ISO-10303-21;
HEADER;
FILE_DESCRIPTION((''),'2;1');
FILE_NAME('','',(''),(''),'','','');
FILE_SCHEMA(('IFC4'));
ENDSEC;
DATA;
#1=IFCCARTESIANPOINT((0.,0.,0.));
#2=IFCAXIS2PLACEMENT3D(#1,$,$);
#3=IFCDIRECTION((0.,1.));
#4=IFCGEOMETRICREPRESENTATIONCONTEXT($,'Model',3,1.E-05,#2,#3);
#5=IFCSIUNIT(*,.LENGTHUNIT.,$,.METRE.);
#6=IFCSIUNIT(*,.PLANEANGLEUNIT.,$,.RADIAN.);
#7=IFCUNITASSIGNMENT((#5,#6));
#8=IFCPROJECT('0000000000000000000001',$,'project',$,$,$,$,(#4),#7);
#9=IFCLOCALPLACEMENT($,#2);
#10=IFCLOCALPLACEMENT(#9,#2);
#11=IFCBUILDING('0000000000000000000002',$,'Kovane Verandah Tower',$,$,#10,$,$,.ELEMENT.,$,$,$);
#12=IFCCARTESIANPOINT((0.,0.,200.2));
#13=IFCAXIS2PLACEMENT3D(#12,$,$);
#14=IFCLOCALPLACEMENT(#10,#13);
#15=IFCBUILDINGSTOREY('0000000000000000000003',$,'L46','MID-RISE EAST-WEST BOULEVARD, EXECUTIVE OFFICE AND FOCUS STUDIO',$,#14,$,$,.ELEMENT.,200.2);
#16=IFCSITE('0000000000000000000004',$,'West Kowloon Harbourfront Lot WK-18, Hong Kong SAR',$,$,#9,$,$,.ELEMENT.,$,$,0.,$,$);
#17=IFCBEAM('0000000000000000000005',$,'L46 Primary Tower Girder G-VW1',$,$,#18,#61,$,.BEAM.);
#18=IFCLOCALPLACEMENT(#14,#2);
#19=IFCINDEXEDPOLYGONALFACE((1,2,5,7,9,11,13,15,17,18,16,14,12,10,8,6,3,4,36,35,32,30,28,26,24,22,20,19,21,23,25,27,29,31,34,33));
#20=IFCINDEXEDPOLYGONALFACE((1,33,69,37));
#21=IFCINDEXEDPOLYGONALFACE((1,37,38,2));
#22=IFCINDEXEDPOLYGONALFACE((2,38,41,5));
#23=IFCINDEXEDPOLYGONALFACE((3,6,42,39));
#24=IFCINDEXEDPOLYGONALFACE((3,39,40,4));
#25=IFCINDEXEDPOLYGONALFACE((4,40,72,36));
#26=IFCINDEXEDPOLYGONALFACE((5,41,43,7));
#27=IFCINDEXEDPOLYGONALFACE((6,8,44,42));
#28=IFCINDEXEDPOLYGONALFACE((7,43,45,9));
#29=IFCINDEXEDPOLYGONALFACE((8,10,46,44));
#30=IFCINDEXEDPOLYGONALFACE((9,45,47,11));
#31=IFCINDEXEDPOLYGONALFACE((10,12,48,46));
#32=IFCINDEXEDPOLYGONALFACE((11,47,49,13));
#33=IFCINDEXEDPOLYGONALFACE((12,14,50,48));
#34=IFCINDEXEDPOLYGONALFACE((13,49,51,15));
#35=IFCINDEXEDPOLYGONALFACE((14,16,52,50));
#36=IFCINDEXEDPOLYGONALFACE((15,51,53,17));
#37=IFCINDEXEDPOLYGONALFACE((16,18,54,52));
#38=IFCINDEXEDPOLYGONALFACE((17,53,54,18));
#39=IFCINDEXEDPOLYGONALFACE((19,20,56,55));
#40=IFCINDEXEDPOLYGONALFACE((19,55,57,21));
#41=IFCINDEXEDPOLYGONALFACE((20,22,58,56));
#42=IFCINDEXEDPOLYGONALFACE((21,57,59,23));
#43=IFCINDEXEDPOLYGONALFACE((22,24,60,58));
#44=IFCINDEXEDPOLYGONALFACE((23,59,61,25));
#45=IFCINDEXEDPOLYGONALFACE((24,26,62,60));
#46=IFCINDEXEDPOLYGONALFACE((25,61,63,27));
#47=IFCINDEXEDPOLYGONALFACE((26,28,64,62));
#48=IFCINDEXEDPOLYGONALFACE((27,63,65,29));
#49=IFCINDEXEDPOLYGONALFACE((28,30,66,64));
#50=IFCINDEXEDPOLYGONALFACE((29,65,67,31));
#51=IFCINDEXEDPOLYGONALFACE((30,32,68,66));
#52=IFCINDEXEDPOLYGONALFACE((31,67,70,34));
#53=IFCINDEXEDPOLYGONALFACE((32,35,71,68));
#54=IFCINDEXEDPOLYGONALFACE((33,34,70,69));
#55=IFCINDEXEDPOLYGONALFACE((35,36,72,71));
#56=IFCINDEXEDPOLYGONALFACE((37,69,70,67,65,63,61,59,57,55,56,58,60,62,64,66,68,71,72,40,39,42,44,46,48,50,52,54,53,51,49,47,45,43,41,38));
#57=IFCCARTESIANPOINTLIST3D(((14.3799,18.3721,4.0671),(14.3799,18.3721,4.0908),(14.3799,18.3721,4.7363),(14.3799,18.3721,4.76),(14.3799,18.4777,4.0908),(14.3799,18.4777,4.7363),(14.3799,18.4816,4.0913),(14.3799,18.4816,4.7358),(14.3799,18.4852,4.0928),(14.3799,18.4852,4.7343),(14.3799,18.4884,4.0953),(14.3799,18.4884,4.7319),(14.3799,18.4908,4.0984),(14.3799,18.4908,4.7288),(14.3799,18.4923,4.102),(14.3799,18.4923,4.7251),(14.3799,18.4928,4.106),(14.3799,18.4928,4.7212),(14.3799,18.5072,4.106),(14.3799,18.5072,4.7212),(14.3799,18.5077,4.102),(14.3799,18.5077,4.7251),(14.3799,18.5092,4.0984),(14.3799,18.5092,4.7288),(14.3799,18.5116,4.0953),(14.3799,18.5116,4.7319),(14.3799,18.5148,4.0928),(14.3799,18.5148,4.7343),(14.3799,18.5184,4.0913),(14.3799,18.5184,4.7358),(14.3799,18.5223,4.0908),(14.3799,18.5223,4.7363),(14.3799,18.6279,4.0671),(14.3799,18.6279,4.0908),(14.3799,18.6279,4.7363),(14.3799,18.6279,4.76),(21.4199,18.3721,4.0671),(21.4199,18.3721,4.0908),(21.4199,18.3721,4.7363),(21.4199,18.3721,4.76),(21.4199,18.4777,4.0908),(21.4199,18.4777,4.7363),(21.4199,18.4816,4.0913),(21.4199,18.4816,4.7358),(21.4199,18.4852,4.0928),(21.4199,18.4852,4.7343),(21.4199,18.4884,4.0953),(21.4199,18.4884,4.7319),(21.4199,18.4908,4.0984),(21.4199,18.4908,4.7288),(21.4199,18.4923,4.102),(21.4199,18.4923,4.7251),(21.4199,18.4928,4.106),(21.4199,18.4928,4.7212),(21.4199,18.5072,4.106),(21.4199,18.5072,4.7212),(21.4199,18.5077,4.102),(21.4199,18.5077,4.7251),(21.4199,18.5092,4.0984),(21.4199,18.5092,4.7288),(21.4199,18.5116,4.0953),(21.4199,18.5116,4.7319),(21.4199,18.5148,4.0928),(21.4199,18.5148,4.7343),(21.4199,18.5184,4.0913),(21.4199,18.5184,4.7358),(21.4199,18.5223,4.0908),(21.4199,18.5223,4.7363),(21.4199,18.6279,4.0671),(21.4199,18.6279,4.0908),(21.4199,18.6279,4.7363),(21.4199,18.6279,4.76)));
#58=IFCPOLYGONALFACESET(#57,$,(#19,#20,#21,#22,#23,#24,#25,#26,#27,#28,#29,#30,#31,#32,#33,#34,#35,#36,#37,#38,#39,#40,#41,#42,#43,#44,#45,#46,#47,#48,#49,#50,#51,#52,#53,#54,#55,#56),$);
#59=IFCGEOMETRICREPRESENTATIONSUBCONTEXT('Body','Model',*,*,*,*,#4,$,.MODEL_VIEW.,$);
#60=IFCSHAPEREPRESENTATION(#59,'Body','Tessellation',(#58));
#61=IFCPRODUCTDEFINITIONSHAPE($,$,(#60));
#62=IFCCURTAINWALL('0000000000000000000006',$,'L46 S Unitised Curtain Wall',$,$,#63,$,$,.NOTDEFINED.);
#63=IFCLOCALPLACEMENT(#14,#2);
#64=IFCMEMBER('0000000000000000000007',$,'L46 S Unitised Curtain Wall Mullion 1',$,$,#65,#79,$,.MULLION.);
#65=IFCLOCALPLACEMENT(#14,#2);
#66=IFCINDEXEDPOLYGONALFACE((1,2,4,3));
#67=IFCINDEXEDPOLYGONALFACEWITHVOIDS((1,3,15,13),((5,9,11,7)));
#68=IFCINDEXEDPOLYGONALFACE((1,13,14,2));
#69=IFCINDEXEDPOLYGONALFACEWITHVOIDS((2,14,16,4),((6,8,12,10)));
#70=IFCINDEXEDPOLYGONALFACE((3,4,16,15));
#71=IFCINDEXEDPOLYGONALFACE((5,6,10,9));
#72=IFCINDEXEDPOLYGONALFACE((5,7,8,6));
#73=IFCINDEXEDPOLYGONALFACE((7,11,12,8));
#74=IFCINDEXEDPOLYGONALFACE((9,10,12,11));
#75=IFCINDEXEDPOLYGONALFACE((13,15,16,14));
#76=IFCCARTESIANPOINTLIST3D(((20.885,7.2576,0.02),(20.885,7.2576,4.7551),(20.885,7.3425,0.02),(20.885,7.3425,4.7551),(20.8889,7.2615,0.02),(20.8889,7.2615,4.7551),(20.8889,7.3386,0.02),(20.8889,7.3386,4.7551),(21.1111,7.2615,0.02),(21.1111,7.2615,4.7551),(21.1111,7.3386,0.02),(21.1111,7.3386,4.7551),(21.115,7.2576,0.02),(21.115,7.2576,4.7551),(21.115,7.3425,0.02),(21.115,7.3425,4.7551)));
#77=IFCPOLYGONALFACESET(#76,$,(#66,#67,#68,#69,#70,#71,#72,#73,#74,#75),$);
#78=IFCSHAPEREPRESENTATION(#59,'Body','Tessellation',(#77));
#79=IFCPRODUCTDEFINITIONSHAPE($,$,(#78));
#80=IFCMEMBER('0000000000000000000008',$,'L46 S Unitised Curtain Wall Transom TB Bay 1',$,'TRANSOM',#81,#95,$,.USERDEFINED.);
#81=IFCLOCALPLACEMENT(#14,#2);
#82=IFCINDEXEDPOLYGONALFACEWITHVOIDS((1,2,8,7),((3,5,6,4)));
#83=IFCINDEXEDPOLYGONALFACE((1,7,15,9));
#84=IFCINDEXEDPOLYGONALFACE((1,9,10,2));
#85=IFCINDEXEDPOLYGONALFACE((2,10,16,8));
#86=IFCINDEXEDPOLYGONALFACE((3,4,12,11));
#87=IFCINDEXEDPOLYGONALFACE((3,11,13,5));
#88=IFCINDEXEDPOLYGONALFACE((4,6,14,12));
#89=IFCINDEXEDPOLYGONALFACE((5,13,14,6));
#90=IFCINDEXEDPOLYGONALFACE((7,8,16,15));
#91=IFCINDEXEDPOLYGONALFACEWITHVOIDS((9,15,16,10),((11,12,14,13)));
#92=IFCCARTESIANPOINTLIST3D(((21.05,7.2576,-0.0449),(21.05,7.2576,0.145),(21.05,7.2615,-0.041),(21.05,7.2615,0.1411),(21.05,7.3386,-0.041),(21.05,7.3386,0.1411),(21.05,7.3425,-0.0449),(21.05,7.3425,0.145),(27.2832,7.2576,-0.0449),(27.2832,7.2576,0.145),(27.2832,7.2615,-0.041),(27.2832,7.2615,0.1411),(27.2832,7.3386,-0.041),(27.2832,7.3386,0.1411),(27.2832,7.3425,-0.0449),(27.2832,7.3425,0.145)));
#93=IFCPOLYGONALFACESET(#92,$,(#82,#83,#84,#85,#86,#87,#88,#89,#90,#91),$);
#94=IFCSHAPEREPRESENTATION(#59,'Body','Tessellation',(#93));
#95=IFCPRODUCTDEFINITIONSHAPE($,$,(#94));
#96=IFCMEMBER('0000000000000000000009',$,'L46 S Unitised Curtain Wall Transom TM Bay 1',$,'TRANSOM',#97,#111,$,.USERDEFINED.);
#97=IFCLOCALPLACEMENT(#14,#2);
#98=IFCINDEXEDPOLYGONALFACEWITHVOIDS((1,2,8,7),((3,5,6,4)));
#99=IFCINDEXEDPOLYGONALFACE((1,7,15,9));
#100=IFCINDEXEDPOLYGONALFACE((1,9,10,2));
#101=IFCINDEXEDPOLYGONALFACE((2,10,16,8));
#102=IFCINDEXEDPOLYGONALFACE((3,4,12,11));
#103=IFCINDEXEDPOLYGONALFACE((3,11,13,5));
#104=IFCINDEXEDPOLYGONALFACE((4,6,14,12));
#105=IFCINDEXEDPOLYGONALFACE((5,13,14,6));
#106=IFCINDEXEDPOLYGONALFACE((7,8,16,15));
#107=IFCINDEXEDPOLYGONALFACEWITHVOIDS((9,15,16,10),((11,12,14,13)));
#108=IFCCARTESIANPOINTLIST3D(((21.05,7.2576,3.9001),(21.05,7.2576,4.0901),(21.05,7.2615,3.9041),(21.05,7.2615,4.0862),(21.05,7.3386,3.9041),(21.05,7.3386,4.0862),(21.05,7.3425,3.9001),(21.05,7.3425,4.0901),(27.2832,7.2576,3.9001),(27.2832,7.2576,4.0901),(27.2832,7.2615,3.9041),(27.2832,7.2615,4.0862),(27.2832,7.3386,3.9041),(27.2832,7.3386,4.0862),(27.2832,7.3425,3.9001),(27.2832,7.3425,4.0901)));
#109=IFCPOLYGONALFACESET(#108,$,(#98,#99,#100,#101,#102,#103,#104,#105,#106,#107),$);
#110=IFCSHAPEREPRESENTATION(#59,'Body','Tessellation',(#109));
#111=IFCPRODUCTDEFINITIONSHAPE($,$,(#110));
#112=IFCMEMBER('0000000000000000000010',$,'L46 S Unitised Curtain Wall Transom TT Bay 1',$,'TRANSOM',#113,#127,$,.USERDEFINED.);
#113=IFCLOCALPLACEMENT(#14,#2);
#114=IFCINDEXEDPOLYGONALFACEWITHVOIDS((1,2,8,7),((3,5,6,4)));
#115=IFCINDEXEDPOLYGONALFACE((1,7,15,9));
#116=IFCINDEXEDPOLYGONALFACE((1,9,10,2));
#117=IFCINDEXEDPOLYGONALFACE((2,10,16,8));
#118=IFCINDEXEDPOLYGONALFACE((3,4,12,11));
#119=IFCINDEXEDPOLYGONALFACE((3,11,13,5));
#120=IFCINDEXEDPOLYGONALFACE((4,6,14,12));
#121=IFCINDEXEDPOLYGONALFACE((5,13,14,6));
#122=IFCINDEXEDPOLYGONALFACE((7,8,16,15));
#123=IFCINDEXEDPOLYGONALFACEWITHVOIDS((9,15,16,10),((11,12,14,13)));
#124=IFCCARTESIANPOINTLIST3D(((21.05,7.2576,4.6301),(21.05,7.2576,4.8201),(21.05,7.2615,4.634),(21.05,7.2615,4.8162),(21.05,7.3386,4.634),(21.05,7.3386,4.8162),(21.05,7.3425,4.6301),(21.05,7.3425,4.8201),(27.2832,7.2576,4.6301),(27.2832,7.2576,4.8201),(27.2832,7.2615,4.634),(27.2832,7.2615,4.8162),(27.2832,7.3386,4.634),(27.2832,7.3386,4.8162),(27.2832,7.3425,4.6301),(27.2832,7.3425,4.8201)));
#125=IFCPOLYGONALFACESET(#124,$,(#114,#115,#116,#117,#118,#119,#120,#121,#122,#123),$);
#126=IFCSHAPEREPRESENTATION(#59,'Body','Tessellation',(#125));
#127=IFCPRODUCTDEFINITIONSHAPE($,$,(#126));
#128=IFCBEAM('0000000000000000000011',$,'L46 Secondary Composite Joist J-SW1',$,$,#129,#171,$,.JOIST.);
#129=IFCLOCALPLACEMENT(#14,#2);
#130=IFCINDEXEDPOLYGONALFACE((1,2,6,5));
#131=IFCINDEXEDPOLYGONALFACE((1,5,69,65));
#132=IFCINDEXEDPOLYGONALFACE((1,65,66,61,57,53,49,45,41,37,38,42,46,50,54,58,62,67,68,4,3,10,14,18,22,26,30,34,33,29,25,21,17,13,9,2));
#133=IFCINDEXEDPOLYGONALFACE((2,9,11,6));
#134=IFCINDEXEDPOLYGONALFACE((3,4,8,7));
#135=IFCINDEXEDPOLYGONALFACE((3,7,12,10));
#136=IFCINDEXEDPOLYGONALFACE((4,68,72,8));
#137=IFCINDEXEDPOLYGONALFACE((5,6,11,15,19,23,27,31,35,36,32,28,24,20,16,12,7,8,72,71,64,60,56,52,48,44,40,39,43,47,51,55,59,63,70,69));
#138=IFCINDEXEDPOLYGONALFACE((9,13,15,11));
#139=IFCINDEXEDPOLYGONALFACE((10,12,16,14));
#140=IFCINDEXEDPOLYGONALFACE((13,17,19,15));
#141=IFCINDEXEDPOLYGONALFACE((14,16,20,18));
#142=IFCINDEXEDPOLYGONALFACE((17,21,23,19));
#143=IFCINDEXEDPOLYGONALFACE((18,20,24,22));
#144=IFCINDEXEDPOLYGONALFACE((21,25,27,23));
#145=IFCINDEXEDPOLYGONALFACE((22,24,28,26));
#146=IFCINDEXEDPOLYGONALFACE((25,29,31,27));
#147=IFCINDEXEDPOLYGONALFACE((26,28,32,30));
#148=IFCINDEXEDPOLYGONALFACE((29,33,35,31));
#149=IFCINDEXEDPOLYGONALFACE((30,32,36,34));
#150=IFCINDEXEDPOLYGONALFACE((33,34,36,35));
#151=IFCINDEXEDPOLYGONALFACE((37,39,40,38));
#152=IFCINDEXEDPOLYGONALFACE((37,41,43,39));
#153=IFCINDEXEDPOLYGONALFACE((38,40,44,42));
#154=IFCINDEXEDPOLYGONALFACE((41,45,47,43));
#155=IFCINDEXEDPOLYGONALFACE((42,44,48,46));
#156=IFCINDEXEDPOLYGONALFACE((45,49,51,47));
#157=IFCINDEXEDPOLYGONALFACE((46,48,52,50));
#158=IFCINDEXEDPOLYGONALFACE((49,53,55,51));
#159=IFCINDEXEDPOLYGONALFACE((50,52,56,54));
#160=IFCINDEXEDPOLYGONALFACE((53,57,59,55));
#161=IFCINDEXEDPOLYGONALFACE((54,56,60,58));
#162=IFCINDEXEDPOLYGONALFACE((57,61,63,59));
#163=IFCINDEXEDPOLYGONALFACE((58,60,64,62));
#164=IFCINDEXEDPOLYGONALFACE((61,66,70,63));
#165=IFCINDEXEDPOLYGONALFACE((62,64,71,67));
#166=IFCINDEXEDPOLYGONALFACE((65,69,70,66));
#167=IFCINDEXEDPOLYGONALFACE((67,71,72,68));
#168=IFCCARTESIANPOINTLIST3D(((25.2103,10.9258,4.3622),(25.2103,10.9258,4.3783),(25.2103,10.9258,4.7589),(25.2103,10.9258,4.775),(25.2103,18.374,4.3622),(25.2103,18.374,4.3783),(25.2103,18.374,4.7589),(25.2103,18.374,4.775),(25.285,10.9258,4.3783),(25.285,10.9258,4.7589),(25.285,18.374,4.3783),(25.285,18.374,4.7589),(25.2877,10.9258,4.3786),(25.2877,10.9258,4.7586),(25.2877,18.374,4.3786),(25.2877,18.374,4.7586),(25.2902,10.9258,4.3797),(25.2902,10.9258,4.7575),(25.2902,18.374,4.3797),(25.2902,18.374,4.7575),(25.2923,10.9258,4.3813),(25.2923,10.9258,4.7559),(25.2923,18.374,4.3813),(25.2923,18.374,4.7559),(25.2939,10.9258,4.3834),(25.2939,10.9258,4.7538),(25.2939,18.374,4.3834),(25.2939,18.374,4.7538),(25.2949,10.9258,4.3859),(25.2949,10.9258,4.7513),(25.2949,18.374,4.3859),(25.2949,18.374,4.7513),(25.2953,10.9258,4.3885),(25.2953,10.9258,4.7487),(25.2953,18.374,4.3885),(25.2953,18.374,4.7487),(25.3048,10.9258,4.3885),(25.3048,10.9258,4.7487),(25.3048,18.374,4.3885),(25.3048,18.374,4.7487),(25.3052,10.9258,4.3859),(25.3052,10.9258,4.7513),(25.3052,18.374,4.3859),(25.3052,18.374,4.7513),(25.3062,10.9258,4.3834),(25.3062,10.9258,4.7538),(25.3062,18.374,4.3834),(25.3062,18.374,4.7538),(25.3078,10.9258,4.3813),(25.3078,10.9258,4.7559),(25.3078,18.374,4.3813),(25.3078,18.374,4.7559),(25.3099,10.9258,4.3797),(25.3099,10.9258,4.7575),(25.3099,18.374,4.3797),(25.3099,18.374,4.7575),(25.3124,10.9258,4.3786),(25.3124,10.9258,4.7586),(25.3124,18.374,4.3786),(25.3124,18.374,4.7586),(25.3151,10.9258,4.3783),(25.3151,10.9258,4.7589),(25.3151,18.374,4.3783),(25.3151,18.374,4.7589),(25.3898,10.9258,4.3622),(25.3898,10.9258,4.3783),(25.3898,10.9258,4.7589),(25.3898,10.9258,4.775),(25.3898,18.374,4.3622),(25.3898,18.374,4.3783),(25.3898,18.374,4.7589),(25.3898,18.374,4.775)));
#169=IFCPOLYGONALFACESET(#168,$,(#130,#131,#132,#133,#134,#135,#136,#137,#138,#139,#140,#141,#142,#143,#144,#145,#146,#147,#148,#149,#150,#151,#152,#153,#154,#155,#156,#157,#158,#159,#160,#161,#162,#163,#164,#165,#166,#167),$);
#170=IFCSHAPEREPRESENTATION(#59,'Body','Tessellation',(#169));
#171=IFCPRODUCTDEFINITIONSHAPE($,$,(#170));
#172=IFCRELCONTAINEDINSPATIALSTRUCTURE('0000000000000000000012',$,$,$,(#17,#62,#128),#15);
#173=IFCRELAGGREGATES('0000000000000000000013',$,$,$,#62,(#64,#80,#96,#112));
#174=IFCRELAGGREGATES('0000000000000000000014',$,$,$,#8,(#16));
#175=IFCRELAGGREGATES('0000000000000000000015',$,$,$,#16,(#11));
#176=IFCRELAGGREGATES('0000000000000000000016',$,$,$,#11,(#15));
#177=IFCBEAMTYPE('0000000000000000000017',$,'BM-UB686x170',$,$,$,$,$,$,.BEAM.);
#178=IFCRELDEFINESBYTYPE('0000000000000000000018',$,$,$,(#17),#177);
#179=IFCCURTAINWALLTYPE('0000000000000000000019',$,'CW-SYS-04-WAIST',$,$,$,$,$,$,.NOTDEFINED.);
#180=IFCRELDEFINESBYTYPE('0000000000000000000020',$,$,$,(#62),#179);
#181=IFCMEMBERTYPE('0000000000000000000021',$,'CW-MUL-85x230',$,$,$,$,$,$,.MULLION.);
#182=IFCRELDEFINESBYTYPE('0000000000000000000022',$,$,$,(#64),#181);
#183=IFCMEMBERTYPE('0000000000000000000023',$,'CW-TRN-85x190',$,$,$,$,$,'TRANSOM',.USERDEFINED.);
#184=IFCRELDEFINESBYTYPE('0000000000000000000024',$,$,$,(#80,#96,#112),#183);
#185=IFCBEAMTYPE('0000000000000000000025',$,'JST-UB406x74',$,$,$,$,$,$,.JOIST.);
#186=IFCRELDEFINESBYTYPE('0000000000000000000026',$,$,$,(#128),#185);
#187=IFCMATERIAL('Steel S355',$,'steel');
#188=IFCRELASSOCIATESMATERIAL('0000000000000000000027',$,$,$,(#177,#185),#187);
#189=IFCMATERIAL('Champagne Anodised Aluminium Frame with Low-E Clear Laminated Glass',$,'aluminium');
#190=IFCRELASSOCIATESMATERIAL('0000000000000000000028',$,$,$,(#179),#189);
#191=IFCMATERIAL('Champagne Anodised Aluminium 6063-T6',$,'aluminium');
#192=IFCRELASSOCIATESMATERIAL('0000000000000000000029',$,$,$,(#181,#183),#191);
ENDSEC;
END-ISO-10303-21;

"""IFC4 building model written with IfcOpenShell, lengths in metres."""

from ifc_helpers import new_model, si_unit, direction, frame, origin, origin_2d, place, context, subcontext, project, spatial, hollow_rectangle, i_section, extrude, material, material_profile, profile_set, type_object, element, aggregate, save


model = new_model("IFC4")

# Units and contexts
model_context = context("Model", 3, precision=1e-05, world=origin(), true_north=direction((0.0, 1.0)))
body_context = subcontext(model_context, "Body", "Model", "MODEL_VIEW")
ifc_project = project(units=[si_unit("LENGTHUNIT", "METRE"), si_unit("PLANEANGLEUNIT", "RADIAN")], contexts=[model_context])

# Site, building, storey
site_placement = place(None, origin())
site = spatial("IfcSite", under=ifc_project, at=site_placement, Name="West Kowloon Harbourfront Lot WK-18, Hong Kong SAR", CompositionType="ELEMENT", RefElevation=0.0)
building_placement = place(site_placement, origin())
building = spatial("IfcBuilding", under=site, at=building_placement, Name="Kovane Verandah Tower", CompositionType="ELEMENT")
storey_placement = place(building_placement, frame((0.0, 0.0, 200.2)))
storey = spatial("IfcBuildingStorey", under=building, at=storey_placement, Name="L46", Description="MID-RISE EAST-WEST BOULEVARD, EXECUTIVE OFFICE AND FOCUS STUDIO", CompositionType="ELEMENT", Elevation=200.2)

# Beam
ifc_material_1 = material(Name="Steel S355", Category="steel")
ifc_material_profile_1 = material_profile(ifc_material_1, i_section(OverallWidth=0.2559, OverallDepth=0.6929, WebThickness=0.0144, FlangeThickness=0.0237, FilletRadius=0.0151, at=origin_2d()), Name="UB686x254x170")
ifc_profile_set_1 = profile_set([ifc_material_profile_1], Name="Steel S355")
beam_type_1 = type_object("IfcBeamType", Name="BM-UB686x170", PredefinedType="BEAM", material=ifc_profile_set_1)
beam_1_placement = place(storey_placement, frame((21.4199, 18.5, 4.4136), z_axis=(-1.0, 0.0, 0.0), x_axis=(0.0, -1.0, 0.0)))
element("IfcBeam", 1, at=beam_1_placement, inside=storey, type_object=beam_type_1, Name="L46 Primary Tower Girder G-VW1", PredefinedType="BEAM", context=body_context, shape_type="SweptSolid", body=[
    extrude(i_section(OverallWidth=0.2559, OverallDepth=0.6929, WebThickness=0.0144, FlangeThickness=0.0237, FilletRadius=0.0151, at=origin_2d()), origin(), (0.0, 0.0, 1.0), 7.04),
])

# Curtain wall, members
ifc_material_2 = material(Name="Champagne Anodised Aluminium Frame with Low-E Clear Laminated Glass", Category="aluminium")
curtain_wall_type = type_object("IfcCurtainWallType", Name="CW-SYS-04-WAIST", PredefinedType="NOTDEFINED", material=ifc_material_2)
curtain_wall_placement = place(storey_placement, origin())
curtain_wall = element("IfcCurtainWall", 2, at=curtain_wall_placement, inside=storey, type_object=curtain_wall_type, Name="L46 S Unitised Curtain Wall", PredefinedType="NOTDEFINED")
ifc_material_3 = material(Name="Champagne Anodised Aluminium 6063-T6", Category="aluminium")
ifc_material_profile_2 = material_profile(ifc_material_3, hollow_rectangle(XDim=0.085, YDim=0.23, WallThickness=0.0039, at=origin_2d()), Name="AL85x230x4")
ifc_profile_set_2 = profile_set([ifc_material_profile_2], Name="Champagne Anodised Aluminium 6063-T6")
member_type_1 = type_object("IfcMemberType", Name="CW-MUL-85x230", PredefinedType="MULLION", material=ifc_profile_set_2)
member_1_placement = place(storey_placement, frame((21.0, 7.3, 0.02), z_axis=(0.0, 0.0, 1.0), x_axis=(0.0, -1.0, 0.0)))
member_1 = element("IfcMember", 3, at=member_1_placement, type_object=member_type_1, Name="L46 S Unitised Curtain Wall Mullion 1", PredefinedType="MULLION", context=body_context, shape_type="SweptSolid", body=[
    extrude(hollow_rectangle(XDim=0.085, YDim=0.23, WallThickness=0.0039, at=origin_2d()), origin(), (0.0, 0.0, 1.0), 4.7351),
])
ifc_material_profile_3 = material_profile(ifc_material_3, hollow_rectangle(XDim=0.085, YDim=0.1899, WallThickness=0.0039, at=origin_2d()), Name="AL85x190x4")
ifc_profile_set_3 = profile_set([ifc_material_profile_3], Name="Champagne Anodised Aluminium 6063-T6")
member_type_2 = type_object("IfcMemberType", Name="CW-TRN-85x190", ElementType="TRANSOM", PredefinedType="USERDEFINED", material=ifc_profile_set_3)
member_2_placement = place(storey_placement, frame((21.05, 7.3, 0.05), z_axis=(1.0, 0.0, 0.0), x_axis=(0.0, 1.0, 0.0)))
member_2 = element("IfcMember", 4, at=member_2_placement, type_object=member_type_2, Name="L46 S Unitised Curtain Wall Transom TB Bay 1", ObjectType="TRANSOM", PredefinedType="USERDEFINED", context=body_context, shape_type="SweptSolid", body=[
    extrude(hollow_rectangle(XDim=0.085, YDim=0.1899, WallThickness=0.0039, at=origin_2d()), origin(), (0.0, 0.0, 1.0), 6.2332),
])
member_3_placement = place(storey_placement, frame((21.05, 7.3, 3.9951), z_axis=(1.0, 0.0, 0.0), x_axis=(0.0, 1.0, 0.0)))
member_3 = element("IfcMember", 5, at=member_3_placement, type_object=member_type_2, Name="L46 S Unitised Curtain Wall Transom TM Bay 1", ObjectType="TRANSOM", PredefinedType="USERDEFINED", context=body_context, shape_type="SweptSolid", body=[
    extrude(hollow_rectangle(XDim=0.085, YDim=0.1899, WallThickness=0.0039, at=origin_2d()), origin(), (0.0, 0.0, 1.0), 6.2332),
])
member_4_placement = place(storey_placement, frame((21.05, 7.3, 4.7251), z_axis=(1.0, 0.0, 0.0), x_axis=(0.0, 1.0, 0.0)))
member_4 = element("IfcMember", 6, at=member_4_placement, type_object=member_type_2, Name="L46 S Unitised Curtain Wall Transom TT Bay 1", ObjectType="TRANSOM", PredefinedType="USERDEFINED", context=body_context, shape_type="SweptSolid", body=[
    extrude(hollow_rectangle(XDim=0.085, YDim=0.1899, WallThickness=0.0039, at=origin_2d()), origin(), (0.0, 0.0, 1.0), 6.2332),
])

# Beam
ifc_material_profile_4 = material_profile(ifc_material_1, i_section(OverallWidth=0.1794, OverallDepth=0.4128, WebThickness=0.0095, FlangeThickness=0.0161, FilletRadius=0.0103, at=origin_2d()), Name="UB406x178x74")
ifc_profile_set_4 = profile_set([ifc_material_profile_4], Name="Steel S355")
beam_type_2 = type_object("IfcBeamType", Name="JST-UB406x74", PredefinedType="JOIST", material=ifc_profile_set_4)
beam_2_placement = place(storey_placement, frame((25.3, 10.9258, 4.5686), z_axis=(0.0, 1.0, 0.0), x_axis=(-1.0, 0.0, 0.0)))
element("IfcBeam", 7, at=beam_2_placement, inside=storey, type_object=beam_type_2, Name="L46 Secondary Composite Joist J-SW1", PredefinedType="JOIST", context=body_context, shape_type="SweptSolid", body=[
    extrude(i_section(OverallWidth=0.1794, OverallDepth=0.4128, WebThickness=0.0095, FlangeThickness=0.0161, FilletRadius=0.0103, at=origin_2d()), origin(), (0.0, 0.0, 1.0), 7.4482),
])

aggregate(curtain_wall, [member_1, member_2, member_3, member_4])

save(model, "model.ifc")
